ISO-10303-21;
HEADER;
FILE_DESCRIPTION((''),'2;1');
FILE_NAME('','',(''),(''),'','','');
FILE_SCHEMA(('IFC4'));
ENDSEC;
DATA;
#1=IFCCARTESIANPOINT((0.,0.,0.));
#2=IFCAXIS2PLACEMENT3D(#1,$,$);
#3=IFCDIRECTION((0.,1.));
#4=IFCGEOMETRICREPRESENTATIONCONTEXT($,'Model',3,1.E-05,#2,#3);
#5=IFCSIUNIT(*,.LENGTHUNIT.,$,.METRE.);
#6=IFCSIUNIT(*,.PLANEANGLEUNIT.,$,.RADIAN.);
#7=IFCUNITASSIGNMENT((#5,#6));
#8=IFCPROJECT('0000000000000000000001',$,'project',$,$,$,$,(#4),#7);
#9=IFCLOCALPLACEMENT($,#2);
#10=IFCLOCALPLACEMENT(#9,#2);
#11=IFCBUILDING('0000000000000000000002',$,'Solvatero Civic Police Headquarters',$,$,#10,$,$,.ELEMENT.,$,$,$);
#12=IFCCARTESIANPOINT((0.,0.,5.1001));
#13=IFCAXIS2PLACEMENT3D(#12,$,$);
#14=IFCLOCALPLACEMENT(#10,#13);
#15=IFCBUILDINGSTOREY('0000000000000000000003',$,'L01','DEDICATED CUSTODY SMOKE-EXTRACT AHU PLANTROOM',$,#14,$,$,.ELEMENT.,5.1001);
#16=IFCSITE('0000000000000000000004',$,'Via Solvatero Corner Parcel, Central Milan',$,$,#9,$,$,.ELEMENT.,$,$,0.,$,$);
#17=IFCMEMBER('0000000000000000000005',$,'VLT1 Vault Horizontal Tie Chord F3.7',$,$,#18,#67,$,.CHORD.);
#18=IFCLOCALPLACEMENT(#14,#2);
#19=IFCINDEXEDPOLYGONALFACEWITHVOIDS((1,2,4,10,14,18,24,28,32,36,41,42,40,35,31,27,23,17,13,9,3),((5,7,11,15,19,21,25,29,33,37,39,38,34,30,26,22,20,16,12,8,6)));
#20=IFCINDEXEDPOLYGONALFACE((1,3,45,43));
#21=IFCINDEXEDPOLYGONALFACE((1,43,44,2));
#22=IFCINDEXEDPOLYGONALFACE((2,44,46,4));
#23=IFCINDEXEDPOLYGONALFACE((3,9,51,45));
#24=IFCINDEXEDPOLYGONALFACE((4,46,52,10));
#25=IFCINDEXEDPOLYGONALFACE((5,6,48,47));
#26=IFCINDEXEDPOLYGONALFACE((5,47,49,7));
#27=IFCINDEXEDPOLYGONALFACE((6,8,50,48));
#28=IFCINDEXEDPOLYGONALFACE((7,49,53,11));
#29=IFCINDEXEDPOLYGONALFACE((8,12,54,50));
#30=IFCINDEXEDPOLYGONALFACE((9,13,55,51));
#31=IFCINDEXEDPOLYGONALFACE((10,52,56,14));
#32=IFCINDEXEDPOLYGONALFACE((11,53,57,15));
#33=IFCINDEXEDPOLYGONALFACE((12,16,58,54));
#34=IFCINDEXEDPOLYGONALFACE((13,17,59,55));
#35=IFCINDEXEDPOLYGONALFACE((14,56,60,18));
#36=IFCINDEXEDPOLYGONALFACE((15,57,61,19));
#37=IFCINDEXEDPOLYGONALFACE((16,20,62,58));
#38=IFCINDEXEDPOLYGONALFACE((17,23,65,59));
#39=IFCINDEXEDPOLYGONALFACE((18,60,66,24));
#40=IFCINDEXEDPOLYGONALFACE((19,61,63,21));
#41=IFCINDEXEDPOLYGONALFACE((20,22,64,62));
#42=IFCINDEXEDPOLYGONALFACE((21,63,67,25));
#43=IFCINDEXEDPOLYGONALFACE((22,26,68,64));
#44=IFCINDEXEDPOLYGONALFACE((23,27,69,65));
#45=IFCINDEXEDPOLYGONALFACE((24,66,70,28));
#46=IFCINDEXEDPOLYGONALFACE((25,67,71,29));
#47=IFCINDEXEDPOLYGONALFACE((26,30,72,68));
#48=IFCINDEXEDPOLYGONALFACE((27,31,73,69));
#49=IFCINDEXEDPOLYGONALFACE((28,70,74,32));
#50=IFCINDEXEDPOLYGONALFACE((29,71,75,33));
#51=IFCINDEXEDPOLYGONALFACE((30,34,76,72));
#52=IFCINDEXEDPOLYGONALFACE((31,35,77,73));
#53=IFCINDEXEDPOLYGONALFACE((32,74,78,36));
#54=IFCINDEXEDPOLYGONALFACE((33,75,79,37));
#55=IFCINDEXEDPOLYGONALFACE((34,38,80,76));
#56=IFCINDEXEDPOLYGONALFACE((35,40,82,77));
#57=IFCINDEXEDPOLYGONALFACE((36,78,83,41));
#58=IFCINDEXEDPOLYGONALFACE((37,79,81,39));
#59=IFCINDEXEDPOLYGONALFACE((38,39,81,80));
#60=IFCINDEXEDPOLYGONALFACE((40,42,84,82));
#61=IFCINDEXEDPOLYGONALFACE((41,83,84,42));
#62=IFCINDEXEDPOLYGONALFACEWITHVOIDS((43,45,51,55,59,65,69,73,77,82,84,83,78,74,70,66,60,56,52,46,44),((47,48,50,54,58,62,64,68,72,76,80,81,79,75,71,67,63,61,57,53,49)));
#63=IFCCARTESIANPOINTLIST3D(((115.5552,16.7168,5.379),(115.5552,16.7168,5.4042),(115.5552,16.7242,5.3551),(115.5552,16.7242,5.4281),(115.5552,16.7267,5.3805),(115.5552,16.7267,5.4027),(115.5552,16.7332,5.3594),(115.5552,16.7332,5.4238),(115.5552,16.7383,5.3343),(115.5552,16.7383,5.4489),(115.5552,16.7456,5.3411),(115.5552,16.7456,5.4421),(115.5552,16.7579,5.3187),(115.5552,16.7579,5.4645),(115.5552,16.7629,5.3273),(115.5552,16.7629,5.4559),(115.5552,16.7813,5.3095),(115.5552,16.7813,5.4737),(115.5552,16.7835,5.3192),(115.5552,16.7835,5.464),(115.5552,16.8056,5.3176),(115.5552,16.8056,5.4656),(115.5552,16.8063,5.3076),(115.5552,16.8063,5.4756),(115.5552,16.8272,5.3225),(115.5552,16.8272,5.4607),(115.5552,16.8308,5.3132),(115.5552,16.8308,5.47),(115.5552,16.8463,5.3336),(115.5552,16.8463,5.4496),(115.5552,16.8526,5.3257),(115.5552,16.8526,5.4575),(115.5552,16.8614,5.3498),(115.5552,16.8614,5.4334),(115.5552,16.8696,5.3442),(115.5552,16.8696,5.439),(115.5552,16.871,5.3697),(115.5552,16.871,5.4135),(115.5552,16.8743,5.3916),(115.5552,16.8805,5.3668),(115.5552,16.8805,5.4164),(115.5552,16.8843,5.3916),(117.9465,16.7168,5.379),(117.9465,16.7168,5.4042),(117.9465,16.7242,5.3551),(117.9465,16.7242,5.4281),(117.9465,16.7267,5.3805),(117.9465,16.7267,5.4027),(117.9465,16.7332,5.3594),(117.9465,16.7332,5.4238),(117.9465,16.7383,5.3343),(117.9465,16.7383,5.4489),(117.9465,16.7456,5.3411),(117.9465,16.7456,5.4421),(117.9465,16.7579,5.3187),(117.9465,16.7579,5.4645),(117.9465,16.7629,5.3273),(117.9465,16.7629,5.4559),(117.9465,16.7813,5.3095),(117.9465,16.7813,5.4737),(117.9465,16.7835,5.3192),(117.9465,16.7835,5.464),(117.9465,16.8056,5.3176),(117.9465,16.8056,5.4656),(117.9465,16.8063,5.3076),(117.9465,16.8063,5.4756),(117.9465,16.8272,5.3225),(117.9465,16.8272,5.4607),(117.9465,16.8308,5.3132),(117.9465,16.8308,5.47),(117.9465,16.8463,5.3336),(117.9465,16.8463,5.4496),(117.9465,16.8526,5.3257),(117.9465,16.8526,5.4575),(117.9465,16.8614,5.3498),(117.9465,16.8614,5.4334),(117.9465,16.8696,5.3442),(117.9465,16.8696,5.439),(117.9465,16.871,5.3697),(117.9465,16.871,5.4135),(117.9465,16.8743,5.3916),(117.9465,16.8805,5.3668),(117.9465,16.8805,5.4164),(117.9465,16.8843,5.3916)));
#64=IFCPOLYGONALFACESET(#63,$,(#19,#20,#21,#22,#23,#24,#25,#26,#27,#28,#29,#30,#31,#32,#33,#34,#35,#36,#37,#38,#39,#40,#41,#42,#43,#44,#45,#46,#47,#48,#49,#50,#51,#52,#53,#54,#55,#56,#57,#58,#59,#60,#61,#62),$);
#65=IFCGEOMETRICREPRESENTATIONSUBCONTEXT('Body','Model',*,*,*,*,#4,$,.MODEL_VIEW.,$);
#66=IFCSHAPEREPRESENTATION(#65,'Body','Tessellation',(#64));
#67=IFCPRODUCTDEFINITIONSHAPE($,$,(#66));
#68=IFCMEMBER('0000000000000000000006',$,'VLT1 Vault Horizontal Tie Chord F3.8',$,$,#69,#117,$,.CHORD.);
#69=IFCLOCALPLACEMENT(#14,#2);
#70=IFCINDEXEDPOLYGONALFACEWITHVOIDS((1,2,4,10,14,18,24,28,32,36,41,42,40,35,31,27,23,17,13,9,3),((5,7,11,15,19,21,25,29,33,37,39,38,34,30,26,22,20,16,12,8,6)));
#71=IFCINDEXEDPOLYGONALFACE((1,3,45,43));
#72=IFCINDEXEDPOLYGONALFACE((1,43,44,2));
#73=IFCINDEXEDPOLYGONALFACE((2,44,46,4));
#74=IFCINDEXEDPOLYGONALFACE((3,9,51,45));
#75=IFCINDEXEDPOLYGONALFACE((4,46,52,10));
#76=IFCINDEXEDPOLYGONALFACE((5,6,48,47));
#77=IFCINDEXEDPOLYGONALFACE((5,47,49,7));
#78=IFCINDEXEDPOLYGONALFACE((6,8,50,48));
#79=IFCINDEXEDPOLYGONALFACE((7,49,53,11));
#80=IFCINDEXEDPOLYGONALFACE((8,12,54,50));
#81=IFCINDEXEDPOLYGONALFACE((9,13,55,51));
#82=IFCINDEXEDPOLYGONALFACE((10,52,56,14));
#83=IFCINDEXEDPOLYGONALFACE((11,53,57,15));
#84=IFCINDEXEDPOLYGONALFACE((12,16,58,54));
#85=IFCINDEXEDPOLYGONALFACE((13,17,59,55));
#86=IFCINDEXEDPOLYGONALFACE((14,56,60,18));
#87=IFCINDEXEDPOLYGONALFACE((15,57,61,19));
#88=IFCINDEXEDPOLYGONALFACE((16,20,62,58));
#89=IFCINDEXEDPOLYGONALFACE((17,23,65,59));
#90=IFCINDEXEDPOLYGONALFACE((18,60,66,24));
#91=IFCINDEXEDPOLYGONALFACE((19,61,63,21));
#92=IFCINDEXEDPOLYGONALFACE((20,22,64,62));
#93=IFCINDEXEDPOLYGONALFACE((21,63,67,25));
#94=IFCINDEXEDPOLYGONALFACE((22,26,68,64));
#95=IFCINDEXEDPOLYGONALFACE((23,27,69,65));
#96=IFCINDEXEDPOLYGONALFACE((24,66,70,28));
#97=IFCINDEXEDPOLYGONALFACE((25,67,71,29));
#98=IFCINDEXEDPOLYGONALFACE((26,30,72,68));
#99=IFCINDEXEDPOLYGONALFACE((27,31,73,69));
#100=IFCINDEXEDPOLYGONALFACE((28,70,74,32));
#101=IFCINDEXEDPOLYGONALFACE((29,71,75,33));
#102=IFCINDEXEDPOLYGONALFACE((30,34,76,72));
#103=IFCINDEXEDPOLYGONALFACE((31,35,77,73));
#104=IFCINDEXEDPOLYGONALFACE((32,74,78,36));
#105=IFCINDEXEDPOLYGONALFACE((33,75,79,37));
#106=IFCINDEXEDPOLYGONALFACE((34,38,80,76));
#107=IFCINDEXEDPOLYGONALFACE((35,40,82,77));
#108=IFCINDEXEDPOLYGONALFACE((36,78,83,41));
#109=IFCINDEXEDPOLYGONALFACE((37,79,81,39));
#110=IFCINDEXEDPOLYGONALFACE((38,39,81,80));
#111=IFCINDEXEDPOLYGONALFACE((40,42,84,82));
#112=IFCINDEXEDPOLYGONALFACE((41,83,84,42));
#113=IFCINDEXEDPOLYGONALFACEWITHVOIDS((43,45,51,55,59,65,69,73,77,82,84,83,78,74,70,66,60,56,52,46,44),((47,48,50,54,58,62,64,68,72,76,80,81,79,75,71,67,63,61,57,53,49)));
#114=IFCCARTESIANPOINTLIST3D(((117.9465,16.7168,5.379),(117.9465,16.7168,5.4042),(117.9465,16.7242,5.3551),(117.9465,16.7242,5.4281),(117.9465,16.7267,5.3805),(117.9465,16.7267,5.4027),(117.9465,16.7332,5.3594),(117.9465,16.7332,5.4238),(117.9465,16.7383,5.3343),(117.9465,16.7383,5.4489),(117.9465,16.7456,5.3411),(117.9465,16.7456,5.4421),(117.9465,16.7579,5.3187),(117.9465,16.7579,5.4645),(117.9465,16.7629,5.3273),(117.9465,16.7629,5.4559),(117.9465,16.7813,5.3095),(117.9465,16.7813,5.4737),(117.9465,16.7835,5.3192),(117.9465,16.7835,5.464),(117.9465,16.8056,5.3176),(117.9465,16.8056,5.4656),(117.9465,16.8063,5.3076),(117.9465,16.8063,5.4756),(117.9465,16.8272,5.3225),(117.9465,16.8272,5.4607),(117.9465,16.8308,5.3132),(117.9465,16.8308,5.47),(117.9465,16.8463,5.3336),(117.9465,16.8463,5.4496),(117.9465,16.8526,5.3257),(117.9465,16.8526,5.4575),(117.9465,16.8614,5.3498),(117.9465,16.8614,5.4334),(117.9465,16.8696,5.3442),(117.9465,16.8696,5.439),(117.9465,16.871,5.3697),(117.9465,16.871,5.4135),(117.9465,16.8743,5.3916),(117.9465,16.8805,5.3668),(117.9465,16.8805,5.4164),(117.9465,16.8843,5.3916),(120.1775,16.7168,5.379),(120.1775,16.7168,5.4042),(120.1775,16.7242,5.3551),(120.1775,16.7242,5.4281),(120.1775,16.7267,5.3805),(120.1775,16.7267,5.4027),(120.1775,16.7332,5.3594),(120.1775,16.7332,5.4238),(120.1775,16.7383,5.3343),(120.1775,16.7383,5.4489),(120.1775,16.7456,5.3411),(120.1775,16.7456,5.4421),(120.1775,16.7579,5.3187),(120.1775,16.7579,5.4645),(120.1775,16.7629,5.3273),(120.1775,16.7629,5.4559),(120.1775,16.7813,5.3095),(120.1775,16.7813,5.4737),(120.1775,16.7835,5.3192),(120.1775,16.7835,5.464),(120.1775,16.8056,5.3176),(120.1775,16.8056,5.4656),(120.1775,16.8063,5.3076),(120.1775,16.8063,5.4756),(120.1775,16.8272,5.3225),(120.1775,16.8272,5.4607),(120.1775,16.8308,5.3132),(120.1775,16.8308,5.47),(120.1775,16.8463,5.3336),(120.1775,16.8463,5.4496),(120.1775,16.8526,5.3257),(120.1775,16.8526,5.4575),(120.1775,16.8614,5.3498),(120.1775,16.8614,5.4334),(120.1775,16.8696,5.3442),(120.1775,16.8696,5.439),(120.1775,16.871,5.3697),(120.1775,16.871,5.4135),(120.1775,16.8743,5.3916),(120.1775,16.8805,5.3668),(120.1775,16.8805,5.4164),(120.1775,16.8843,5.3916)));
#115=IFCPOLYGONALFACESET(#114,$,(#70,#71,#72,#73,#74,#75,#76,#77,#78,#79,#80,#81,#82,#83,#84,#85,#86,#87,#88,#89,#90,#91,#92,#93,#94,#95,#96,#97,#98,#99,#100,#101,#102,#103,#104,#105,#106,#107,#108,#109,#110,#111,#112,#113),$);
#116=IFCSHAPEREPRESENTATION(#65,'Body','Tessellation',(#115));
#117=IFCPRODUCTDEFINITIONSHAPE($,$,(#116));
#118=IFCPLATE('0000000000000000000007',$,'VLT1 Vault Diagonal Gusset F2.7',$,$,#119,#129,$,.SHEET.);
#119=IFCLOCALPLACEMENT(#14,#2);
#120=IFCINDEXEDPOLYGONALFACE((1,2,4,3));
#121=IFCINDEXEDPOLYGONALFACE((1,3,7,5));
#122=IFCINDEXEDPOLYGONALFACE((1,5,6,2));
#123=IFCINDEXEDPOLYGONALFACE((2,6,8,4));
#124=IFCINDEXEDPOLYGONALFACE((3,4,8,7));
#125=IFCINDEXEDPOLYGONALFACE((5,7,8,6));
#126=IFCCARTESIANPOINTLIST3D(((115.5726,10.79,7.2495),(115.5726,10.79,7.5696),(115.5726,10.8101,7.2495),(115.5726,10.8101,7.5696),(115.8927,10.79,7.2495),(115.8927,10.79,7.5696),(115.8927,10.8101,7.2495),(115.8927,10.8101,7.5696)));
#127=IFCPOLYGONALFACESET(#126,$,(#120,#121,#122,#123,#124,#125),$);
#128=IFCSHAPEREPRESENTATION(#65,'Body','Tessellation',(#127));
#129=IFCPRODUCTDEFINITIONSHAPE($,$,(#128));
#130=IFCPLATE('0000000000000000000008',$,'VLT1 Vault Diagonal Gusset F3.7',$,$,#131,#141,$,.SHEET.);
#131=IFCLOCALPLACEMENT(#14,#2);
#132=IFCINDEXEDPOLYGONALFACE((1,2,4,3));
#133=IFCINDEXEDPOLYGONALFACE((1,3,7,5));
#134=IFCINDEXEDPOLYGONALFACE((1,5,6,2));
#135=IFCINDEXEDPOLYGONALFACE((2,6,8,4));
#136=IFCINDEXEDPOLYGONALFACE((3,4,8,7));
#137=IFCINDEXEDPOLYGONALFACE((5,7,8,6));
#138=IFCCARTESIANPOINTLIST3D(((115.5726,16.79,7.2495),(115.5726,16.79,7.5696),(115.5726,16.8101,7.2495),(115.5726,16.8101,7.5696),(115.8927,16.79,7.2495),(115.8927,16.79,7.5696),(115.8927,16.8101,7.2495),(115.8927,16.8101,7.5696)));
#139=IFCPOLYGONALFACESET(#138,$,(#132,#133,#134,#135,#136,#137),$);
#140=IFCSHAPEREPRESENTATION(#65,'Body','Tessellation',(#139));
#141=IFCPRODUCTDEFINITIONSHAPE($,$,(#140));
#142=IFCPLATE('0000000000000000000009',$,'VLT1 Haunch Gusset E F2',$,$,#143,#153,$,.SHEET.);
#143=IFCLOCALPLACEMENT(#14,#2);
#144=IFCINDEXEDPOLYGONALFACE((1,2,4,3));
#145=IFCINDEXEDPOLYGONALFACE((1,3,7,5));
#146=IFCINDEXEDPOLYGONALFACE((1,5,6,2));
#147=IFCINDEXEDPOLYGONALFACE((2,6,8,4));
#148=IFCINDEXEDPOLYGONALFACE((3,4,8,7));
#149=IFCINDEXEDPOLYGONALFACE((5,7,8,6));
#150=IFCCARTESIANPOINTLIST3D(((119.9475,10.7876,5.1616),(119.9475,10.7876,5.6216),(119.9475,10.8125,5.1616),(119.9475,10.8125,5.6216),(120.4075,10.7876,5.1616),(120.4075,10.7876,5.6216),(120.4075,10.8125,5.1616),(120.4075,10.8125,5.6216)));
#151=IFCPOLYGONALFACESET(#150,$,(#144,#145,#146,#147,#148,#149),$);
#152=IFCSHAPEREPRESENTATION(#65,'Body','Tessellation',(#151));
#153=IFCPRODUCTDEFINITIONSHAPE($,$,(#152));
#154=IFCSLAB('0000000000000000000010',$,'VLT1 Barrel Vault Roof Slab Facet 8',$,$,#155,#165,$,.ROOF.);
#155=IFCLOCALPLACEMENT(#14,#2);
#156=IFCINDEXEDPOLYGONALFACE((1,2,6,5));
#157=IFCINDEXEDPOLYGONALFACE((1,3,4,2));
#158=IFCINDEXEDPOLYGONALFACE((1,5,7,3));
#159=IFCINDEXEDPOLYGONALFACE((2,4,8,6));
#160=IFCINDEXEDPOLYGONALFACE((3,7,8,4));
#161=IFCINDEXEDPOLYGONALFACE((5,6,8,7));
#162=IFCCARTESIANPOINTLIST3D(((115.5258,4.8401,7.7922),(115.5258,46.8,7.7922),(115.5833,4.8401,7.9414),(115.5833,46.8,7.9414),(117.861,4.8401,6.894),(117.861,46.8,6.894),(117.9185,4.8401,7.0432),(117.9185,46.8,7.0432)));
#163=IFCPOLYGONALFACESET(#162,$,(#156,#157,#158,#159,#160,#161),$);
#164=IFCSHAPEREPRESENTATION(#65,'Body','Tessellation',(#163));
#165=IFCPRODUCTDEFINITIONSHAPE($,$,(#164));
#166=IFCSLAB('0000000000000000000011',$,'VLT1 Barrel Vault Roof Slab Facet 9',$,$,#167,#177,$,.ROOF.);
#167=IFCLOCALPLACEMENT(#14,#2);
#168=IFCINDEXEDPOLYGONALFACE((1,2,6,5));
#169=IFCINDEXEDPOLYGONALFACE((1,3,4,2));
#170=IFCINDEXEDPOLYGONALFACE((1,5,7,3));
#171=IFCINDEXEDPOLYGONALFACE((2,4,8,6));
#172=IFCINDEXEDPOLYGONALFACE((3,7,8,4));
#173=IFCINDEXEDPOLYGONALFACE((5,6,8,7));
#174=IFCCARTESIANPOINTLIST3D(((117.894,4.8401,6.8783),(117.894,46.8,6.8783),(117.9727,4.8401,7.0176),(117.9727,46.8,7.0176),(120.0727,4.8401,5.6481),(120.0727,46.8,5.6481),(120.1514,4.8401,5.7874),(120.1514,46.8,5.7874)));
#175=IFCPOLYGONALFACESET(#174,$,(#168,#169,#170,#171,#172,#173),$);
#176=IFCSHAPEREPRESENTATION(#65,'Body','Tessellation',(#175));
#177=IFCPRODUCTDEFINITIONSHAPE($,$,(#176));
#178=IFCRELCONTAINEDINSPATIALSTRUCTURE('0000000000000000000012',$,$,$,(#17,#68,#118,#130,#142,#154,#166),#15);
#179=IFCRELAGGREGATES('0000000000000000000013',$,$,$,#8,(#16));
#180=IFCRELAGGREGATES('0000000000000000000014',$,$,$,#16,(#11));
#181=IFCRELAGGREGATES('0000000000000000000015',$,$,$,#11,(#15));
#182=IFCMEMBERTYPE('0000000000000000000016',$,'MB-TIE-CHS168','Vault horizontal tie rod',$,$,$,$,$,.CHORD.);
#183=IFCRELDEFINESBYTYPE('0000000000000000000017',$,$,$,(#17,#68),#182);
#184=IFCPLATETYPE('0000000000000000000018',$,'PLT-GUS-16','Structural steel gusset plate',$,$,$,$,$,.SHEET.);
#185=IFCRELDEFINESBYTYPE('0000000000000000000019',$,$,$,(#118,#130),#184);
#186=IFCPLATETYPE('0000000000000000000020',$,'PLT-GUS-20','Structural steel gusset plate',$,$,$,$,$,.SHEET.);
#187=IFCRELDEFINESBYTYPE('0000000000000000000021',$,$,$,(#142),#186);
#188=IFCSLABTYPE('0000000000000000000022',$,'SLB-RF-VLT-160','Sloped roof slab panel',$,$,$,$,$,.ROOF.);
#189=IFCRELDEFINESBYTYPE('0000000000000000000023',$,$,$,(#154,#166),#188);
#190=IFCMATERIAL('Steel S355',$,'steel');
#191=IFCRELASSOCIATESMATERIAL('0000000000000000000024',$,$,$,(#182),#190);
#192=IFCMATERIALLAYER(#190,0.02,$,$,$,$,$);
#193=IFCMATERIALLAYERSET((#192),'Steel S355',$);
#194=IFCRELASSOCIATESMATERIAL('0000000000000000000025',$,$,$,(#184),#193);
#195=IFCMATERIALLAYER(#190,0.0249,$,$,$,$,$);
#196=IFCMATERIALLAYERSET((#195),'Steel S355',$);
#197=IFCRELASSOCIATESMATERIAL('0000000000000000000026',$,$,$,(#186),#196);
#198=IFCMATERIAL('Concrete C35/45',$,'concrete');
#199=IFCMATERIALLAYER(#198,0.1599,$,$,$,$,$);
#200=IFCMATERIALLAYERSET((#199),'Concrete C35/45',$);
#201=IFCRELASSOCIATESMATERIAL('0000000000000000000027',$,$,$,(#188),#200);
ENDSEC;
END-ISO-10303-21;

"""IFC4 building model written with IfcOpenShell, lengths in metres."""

from ifc_helpers import new_model, si_unit, direction, frame, origin, origin_2d, place, context, subcontext, project, spatial, polyline, rectangle, hollow_circle, outline, extrude, material, layer, layer_set, material_profile, profile_set, type_object, element, save


model = new_model("IFC4")

# Units and contexts
model_context = context("Model", 3, precision=1e-05, world=origin(), true_north=direction((0.0, 1.0)))
body_context = subcontext(model_context, "Body", "Model", "MODEL_VIEW")
ifc_project = project(units=[si_unit("LENGTHUNIT", "METRE"), si_unit("PLANEANGLEUNIT", "RADIAN")], contexts=[model_context])

# Site, building, storey
site_placement = place(None, origin())
site = spatial("IfcSite", under=ifc_project, at=site_placement, Name="Via Solvatero Corner Parcel, Central Milan", CompositionType="ELEMENT", RefElevation=0.0)
building_placement = place(site_placement, origin())
building = spatial("IfcBuilding", under=site, at=building_placement, Name="Solvatero Civic Police Headquarters", CompositionType="ELEMENT")
storey_placement = place(building_placement, frame((0.0, 0.0, 5.1001)))
storey = spatial("IfcBuildingStorey", under=building, at=storey_placement, Name="L01", Description="DEDICATED CUSTODY SMOKE-EXTRACT AHU PLANTROOM", CompositionType="ELEMENT", Elevation=5.1001)

# Shared definitions
ifc_material_1 = material(Name="Steel S355", Category="steel")

# Members
ifc_material_profile_1 = material_profile(ifc_material_1, hollow_circle(Radius=0.0842, WallThickness=0.01, at=origin_2d()), Name="CHS 168.3x10.0")
ifc_profile_set_1 = profile_set([ifc_material_profile_1], Name="Steel S355")
member_type_1 = type_object("IfcMemberType", Name="MB-TIE-CHS168", Description="Vault horizontal tie rod", PredefinedType="CHORD", material=ifc_profile_set_1)
member_1_placement = place(storey_placement, frame((115.5552, 16.8, 5.3916), z_axis=(1.0, 0.0, 0.0), x_axis=(0.0, 1.0, 0.0)))
element("IfcMember", 1, at=member_1_placement, inside=storey, type_object=member_type_1, Name="VLT1 Vault Horizontal Tie Chord F3.7", PredefinedType="CHORD", context=body_context, shape_type="SweptSolid", body=[
    extrude(hollow_circle(Radius=0.0842, WallThickness=0.01, at=origin_2d()), origin(), (0.0, 0.0, 1.0), 2.3914),
])
member_2_placement = place(storey_placement, frame((117.9465, 16.8, 5.3916), z_axis=(1.0, 0.0, 0.0), x_axis=(0.0, 1.0, 0.0)))
element("IfcMember", 2, at=member_2_placement, inside=storey, type_object=member_type_1, Name="VLT1 Vault Horizontal Tie Chord F3.8", PredefinedType="CHORD", context=body_context, shape_type="SweptSolid", body=[
    extrude(hollow_circle(Radius=0.0842, WallThickness=0.01, at=origin_2d()), origin(), (0.0, 0.0, 1.0), 2.231),
])

# Plates
ifc_layer_1 = layer(ifc_material_1, 0.02)
ifc_layer_set_1 = layer_set([ifc_layer_1], Name="Steel S355")
plate_type_1 = type_object("IfcPlateType", Name="PLT-GUS-16", Description="Structural steel gusset plate", PredefinedType="SHEET", material=ifc_layer_set_1)
for number, where, z_axis, x_axis, name in (
    (3, (115.7327, 10.8, 7.2495), (0.0, 0.0, 1.0), (1.0, 0.0, 0.0), "VLT1 Vault Diagonal Gusset F2.7"),
    (4, (115.7327, 16.8, 7.2495), (0.0, 0.0, 1.0), (1.0, 0.0, 0.0), "VLT1 Vault Diagonal Gusset F3.7"),
):
    element("IfcPlate", number, at=place(storey_placement, frame(where, z_axis=z_axis, x_axis=x_axis)), inside=storey, type_object=plate_type_1, Name=name, PredefinedType="SHEET", context=body_context, shape_type="SweptSolid", body=[
        extrude(rectangle(XDim=0.3201, YDim=0.02, at=origin_2d()), origin(), (0.0, 0.0, 1.0), 0.3201),
    ])
ifc_layer_2 = layer(ifc_material_1, 0.0249)
ifc_layer_set_2 = layer_set([ifc_layer_2], Name="Steel S355")
plate_type_2 = type_object("IfcPlateType", Name="PLT-GUS-20", Description="Structural steel gusset plate", PredefinedType="SHEET", material=ifc_layer_set_2)
plate_placement = place(storey_placement, frame((120.1775, 10.8, 5.1616), z_axis=(0.0, 0.0, 1.0), x_axis=(1.0, 0.0, 0.0)))
element("IfcPlate", 5, at=plate_placement, inside=storey, type_object=plate_type_2, Name="VLT1 Haunch Gusset E F2", PredefinedType="SHEET", context=body_context, shape_type="SweptSolid", body=[
    extrude(rectangle(XDim=0.46, YDim=0.0249, at=origin_2d()), origin(), (0.0, 0.0, 1.0), 0.46),
])

# Slabs
ifc_material_2 = material(Name="Concrete C35/45", Category="concrete")
ifc_layer_3 = layer(ifc_material_2, 0.1599)
ifc_layer_set_3 = layer_set([ifc_layer_3], Name="Concrete C35/45")
slab_type = type_object("IfcSlabType", Name="SLB-RF-VLT-160", Description="Sloped roof slab panel", PredefinedType="ROOF", material=ifc_layer_set_3)
slab_1_placement = place(storey_placement, frame((115.5833, 4.8401, 7.9414), z_axis=(0.358992, 0.0, 0.933341), x_axis=(0.933341, 0.0, -0.358992)))
element("IfcSlab", 6, at=slab_1_placement, inside=storey, type_object=slab_type, Name="VLT1 Barrel Vault Roof Slab Facet 8", PredefinedType="ROOF", context=body_context, shape_type="SweptSolid", body=[
    extrude(outline(polyline([(0.0, 0.0), (2.502, 0.0), (2.502, 41.96), (0.0, 41.96), (0.0, 0.0)])), origin(), (0.0, 0.0, -1.0), 0.1599),
])
slab_2_placement = place(storey_placement, frame((117.9727, 4.8401, 7.0176), z_axis=(0.491687, 0.0, 0.870772), x_axis=(0.870772, 0.0, -0.491687)))
element("IfcSlab", 7, at=slab_2_placement, inside=storey, type_object=slab_type, Name="VLT1 Barrel Vault Roof Slab Facet 9", PredefinedType="ROOF", context=body_context, shape_type="SweptSolid", body=[
    extrude(outline(polyline([(0.0, 0.0), (2.502, 0.0), (2.502, 41.96), (0.0, 41.96), (0.0, 0.0)])), origin(), (0.0, 0.0, -1.0), 0.1599),
])

save(model, "model.ifc")
